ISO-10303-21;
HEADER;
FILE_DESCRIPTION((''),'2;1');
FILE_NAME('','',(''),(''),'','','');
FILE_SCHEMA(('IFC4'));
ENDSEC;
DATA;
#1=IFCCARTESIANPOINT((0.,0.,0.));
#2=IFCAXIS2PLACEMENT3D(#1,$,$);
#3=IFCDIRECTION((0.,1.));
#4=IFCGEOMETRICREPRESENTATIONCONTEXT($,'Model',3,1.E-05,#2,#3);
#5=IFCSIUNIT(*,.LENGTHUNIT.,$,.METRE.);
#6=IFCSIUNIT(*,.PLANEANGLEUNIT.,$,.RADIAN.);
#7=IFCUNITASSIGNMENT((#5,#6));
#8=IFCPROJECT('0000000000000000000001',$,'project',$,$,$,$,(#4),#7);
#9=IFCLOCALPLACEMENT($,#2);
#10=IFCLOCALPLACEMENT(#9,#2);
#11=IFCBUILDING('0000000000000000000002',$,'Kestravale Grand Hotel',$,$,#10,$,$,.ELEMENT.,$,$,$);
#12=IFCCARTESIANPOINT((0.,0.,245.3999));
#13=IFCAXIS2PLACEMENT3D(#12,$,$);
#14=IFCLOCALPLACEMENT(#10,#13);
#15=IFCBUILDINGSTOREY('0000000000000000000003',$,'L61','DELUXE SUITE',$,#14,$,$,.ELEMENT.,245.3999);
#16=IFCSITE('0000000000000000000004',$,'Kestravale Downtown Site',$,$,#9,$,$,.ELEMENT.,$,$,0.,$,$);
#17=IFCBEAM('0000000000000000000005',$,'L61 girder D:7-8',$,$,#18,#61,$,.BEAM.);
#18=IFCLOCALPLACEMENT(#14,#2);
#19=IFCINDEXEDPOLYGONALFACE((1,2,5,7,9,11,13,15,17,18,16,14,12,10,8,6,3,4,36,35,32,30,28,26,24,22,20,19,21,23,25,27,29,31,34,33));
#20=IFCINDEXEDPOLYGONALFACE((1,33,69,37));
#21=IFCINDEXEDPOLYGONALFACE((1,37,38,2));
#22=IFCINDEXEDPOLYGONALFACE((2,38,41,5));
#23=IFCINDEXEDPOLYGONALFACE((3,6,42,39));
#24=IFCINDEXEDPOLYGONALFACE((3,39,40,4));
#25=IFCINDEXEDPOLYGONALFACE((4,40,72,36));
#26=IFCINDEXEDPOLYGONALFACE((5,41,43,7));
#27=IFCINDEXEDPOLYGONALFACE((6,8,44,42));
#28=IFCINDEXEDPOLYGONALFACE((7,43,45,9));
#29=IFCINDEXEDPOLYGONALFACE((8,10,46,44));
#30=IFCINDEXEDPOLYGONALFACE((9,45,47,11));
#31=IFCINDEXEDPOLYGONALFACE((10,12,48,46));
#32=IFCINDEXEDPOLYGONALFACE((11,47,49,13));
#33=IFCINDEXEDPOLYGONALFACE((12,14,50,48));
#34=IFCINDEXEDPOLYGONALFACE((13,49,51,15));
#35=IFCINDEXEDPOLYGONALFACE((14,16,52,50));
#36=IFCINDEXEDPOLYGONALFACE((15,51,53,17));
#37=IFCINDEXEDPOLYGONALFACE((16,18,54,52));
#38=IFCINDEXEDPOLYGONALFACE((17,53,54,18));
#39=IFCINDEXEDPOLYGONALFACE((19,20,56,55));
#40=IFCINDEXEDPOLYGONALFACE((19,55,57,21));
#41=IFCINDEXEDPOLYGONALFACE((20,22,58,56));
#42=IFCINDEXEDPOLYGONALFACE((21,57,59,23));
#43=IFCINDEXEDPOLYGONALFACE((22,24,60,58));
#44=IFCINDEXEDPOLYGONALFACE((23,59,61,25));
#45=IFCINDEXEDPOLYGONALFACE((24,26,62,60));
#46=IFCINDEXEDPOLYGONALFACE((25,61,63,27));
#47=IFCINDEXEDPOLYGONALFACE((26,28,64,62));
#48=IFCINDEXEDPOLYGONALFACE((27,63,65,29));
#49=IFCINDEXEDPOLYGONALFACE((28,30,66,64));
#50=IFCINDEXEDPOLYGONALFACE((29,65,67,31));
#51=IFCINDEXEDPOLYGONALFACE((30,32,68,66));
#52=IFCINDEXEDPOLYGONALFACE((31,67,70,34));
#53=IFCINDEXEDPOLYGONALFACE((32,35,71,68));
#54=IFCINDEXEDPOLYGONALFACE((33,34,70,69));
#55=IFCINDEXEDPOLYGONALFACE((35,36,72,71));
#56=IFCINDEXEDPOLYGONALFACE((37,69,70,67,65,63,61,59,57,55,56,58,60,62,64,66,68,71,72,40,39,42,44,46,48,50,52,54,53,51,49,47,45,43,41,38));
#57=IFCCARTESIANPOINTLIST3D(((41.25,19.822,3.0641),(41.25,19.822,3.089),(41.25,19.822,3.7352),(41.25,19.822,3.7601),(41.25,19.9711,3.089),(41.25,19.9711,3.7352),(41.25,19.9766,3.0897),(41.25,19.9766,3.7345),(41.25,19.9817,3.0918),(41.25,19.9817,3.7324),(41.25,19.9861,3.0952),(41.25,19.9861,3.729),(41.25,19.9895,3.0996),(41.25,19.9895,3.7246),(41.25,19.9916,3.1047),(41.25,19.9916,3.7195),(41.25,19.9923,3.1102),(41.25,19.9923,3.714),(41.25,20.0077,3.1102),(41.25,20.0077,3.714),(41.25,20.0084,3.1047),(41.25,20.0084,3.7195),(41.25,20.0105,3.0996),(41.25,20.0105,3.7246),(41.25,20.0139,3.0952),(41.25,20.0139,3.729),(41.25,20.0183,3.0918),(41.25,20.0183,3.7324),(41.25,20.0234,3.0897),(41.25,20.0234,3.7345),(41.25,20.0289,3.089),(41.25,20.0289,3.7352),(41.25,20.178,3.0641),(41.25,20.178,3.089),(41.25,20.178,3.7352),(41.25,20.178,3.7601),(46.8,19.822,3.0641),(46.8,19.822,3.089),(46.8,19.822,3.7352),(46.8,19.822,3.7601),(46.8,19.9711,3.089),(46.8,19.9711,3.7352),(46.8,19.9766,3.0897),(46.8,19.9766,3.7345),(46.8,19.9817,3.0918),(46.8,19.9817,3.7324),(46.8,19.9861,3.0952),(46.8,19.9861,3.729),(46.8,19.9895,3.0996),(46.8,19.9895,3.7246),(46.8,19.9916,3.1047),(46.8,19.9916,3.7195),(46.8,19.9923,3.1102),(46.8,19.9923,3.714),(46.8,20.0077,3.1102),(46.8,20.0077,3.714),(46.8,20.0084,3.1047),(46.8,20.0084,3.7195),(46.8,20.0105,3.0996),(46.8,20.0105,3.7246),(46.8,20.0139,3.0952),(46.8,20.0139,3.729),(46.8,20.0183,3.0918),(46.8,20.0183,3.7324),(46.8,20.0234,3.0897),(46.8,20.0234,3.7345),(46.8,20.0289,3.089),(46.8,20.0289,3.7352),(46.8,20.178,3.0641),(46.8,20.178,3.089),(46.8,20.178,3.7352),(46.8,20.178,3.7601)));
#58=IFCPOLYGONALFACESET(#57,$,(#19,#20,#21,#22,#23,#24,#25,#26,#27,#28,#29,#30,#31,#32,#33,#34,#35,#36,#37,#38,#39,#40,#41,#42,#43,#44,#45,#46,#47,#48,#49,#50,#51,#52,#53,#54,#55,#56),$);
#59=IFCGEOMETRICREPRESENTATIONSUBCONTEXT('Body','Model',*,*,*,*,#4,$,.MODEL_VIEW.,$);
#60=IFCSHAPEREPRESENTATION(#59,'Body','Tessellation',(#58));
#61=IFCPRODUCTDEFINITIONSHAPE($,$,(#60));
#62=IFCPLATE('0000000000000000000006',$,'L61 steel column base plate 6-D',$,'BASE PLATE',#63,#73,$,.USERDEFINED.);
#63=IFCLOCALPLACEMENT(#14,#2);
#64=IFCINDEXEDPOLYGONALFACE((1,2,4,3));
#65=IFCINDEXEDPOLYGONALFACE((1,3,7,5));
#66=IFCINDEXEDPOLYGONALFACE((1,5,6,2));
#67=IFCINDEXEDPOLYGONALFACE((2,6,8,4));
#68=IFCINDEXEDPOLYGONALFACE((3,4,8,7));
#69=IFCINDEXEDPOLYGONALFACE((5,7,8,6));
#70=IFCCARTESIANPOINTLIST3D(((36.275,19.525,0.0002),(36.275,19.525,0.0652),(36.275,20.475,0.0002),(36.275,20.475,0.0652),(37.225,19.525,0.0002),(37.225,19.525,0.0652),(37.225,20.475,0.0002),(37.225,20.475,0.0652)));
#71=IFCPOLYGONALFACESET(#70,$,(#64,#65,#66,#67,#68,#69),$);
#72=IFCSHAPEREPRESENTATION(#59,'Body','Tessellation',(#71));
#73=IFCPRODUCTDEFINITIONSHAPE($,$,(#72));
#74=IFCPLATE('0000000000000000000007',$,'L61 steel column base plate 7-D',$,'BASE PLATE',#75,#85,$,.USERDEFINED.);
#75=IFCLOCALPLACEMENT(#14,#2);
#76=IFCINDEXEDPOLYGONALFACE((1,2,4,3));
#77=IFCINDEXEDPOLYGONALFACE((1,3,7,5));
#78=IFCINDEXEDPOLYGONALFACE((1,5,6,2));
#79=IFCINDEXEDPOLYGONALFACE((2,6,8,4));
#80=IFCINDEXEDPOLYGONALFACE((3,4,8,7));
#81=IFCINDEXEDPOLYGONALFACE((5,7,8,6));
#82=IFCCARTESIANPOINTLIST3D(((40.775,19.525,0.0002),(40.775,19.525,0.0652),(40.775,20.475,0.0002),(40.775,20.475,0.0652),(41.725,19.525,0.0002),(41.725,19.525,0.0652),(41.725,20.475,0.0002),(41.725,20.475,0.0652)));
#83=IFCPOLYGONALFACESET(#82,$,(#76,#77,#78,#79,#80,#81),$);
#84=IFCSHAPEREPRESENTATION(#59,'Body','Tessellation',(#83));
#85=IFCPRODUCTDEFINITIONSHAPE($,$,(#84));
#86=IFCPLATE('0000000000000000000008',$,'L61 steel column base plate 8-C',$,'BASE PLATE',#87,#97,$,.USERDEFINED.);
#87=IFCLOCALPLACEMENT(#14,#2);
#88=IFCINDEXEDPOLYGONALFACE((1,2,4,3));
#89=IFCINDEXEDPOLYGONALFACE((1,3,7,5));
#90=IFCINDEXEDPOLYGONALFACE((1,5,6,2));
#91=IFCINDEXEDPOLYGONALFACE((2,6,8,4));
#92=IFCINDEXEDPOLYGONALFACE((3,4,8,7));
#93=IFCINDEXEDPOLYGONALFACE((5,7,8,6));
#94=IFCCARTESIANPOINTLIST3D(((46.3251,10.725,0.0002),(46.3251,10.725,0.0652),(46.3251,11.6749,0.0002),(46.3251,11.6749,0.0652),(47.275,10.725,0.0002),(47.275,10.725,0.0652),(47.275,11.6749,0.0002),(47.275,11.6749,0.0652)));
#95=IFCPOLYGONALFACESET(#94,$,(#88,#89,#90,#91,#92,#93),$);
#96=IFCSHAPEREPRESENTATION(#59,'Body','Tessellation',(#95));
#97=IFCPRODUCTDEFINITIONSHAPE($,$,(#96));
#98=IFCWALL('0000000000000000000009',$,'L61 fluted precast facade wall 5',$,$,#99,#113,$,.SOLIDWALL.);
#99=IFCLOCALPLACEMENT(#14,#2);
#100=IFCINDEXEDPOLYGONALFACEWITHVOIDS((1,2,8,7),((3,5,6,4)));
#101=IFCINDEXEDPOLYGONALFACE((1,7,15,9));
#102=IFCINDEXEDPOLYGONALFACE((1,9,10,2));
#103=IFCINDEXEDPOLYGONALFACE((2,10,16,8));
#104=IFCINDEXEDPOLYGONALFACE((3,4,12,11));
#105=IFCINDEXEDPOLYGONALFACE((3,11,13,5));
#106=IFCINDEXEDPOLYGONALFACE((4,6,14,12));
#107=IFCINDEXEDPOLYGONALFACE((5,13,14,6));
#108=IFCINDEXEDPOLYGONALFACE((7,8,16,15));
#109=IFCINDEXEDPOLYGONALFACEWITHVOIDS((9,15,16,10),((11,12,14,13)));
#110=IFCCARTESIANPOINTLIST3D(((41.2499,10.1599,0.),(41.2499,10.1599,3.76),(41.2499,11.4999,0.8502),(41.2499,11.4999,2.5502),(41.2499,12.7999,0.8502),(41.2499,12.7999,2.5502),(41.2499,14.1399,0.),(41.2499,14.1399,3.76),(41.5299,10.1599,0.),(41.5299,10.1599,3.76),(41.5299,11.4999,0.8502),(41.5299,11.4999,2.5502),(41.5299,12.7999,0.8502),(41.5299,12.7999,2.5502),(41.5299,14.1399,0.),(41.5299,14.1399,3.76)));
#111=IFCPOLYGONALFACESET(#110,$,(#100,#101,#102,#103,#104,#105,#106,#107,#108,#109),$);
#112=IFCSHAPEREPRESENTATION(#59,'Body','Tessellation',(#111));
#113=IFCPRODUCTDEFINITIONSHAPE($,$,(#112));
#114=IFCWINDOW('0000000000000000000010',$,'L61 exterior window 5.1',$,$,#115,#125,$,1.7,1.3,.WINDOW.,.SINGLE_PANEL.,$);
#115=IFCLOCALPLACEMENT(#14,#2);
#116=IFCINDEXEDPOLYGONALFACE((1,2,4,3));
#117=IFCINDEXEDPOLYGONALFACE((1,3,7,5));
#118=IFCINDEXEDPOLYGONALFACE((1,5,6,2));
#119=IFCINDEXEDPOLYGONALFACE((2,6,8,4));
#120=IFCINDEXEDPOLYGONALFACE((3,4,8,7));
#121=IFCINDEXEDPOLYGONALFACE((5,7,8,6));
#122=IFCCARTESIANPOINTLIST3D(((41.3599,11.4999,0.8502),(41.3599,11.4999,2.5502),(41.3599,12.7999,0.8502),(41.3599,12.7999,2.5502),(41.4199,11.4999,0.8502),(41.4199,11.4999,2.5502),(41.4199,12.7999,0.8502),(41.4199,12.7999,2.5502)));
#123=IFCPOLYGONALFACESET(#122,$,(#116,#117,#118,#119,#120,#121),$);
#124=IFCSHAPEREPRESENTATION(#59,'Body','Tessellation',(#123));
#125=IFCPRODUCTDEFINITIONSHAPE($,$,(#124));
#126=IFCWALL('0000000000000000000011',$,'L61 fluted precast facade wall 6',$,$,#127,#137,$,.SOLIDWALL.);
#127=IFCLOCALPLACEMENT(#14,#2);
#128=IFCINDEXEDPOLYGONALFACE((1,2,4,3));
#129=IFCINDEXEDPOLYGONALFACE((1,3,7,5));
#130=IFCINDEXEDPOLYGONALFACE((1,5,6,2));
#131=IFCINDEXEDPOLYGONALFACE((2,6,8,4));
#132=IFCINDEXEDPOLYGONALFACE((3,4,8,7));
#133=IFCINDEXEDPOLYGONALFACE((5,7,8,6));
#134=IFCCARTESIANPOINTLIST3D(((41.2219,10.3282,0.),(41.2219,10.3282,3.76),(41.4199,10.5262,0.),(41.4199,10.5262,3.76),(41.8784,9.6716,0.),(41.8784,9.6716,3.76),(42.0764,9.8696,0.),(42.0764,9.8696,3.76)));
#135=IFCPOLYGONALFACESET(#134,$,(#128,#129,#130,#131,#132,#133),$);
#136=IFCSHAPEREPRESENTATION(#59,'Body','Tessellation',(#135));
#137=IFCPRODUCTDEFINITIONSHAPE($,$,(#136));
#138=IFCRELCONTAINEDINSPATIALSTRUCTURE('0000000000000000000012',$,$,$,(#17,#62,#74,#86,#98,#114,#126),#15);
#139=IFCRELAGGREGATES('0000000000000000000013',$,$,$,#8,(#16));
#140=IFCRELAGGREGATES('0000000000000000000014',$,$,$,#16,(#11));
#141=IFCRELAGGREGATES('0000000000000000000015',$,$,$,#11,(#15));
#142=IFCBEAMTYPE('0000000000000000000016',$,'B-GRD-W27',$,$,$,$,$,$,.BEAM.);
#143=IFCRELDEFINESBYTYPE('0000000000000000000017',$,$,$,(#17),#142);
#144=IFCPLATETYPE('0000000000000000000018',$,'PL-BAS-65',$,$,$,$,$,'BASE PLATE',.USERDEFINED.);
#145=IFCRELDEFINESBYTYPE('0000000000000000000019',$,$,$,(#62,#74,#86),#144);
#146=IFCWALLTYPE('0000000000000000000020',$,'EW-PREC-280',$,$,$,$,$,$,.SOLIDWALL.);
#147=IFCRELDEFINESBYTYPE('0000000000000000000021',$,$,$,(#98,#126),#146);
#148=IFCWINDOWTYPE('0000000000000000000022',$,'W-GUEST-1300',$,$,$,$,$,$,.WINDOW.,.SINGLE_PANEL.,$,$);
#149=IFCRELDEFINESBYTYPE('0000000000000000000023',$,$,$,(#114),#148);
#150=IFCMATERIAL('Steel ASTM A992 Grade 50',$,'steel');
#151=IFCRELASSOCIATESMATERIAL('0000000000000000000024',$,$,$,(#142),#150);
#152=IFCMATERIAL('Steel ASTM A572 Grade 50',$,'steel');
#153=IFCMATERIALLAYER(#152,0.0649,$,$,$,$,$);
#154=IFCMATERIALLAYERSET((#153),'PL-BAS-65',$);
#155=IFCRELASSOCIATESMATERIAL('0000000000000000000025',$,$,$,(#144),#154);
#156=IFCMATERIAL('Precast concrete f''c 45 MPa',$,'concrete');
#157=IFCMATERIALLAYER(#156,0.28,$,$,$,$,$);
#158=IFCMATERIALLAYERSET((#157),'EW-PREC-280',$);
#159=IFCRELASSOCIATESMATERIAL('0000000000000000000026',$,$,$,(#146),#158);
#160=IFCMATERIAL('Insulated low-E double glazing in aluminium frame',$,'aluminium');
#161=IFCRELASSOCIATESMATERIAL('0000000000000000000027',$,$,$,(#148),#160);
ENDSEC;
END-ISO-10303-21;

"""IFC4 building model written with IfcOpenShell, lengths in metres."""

from ifc_helpers import new_model, si_unit, direction, frame, frame_2d, origin, origin_2d, place, context, subcontext, project, spatial, rectangle, i_section, extrude, material, layer, layer_set, material_profile, profile_set, type_object, element, fill, save


model = new_model("IFC4")

# Units and contexts
model_context = context("Model", 3, precision=1e-05, world=origin(), true_north=direction((0.0, 1.0)))
body_context = subcontext(model_context, "Body", "Model", "MODEL_VIEW")
ifc_project = project(units=[si_unit("LENGTHUNIT", "METRE"), si_unit("PLANEANGLEUNIT", "RADIAN")], contexts=[model_context])

# Site, building, storey
site_placement = place(None, origin())
site = spatial("IfcSite", under=ifc_project, at=site_placement, Name="Kestravale Downtown Site", CompositionType="ELEMENT", RefElevation=0.0)
building_placement = place(site_placement, origin())
building = spatial("IfcBuilding", under=site, at=building_placement, Name="Kestravale Grand Hotel", CompositionType="ELEMENT")
storey_placement = place(building_placement, frame((0.0, 0.0, 245.3999)))
storey = spatial("IfcBuildingStorey", under=building, at=storey_placement, Name="L61", Description="DELUXE SUITE", CompositionType="ELEMENT", Elevation=245.3999)

# Beam
ifc_material_1 = material(Name="Steel ASTM A992 Grade 50", Category="steel")
ifc_material_profile_1 = material_profile(ifc_material_1, i_section(OverallWidth=0.356, OverallDepth=0.696, WebThickness=0.0154, FlangeThickness=0.0249, FilletRadius=0.0212, at=origin_2d()))
ifc_profile_set_1 = profile_set([ifc_material_profile_1], Name="Steel ASTM A992 Grade 50")
beam_type_1 = type_object("IfcBeamType", Name="B-GRD-W27", PredefinedType="BEAM", material=ifc_profile_set_1)
beam_1_placement = place(storey_placement, frame((41.25, 20.0, 3.4121), z_axis=(1.0, 0.0, 0.0), x_axis=(0.0, 1.0, 0.0)))
element("IfcBeam", 1, at=beam_1_placement, inside=storey, type_object=beam_type_1, Name="L61 girder D:7-8", PredefinedType="BEAM", context=body_context, shape_type="SweptSolid", body=[
    extrude(i_section(OverallWidth=0.356, OverallDepth=0.696, WebThickness=0.0154, FlangeThickness=0.0249, FilletRadius=0.0212, at=origin_2d()), origin(), (0.0, 0.0, 1.0), 5.55),
])

# Plates
ifc_material_2 = material(Name="Steel ASTM A572 Grade 50", Category="steel")
ifc_layer_1 = layer(ifc_material_2, 0.0649)
ifc_layer_set_1 = layer_set([ifc_layer_1], Name="PL-BAS-65")
plate_type = type_object("IfcPlateType", Name="PL-BAS-65", ElementType="BASE PLATE", PredefinedType="USERDEFINED", material=ifc_layer_set_1)
for number, where, z_axis, x_axis, name in (
    (2, (36.75, 20.0, 0.0002), (0.0, 0.0, 1.0), (1.0, 0.0, 0.0), "L61 steel column base plate 6-D"),
    (3, (41.25, 20.0, 0.0002), (0.0, 0.0, 1.0), (1.0, 0.0, 0.0), "L61 steel column base plate 7-D"),
    (4, (46.8, 11.2, 0.0002), (0.0, 0.0, 1.0), (1.0, 0.0, 0.0), "L61 steel column base plate 8-C"),
):
    element("IfcPlate", number, at=place(storey_placement, frame(where, z_axis=z_axis, x_axis=x_axis)), inside=storey, type_object=plate_type, Name=name, ObjectType="BASE PLATE", PredefinedType="USERDEFINED", context=body_context, shape_type="SweptSolid", body=[
        extrude(rectangle(XDim=0.95, YDim=0.95, at=origin_2d()), origin(), (0.0, 0.0, 1.0), 0.0649),
    ])

# Wall, opening, window
ifc_material_3 = material(Name="Precast concrete f'c 45 MPa", Category="concrete")
ifc_layer_2 = layer(ifc_material_3, 0.28)
ifc_layer_set_2 = layer_set([ifc_layer_2], Name="EW-PREC-280")
wall_type_1 = type_object("IfcWallType", Name="EW-PREC-280", PredefinedType="SOLIDWALL", material=ifc_layer_set_2)
wall_1_placement = place(storey_placement, frame((41.3899, 14.1399, 0.0), z_axis=(0.0, 0.0, 1.0), x_axis=(0.0, -1.0, 0.0)))
wall_1 = element("IfcWall", 5, at=wall_1_placement, inside=storey, type_object=wall_type_1, Name="L61 fluted precast facade wall 5", PredefinedType="SOLIDWALL", context=body_context, shape_type="SweptSolid", body=[
    extrude(rectangle(XDim=3.98, YDim=0.28, at=frame_2d((1.99, 0.0))), origin(), (0.0, 0.0, 1.0), 3.76),
])
opening_1_placement = place(wall_1_placement, frame((1.3401, 0.0, 0.8501)))
opening_1 = element("IfcOpeningElement", 6, at=opening_1_placement, cuts=wall_1, PredefinedType="OPENING", context=body_context, shape_type="SweptSolid", body=[
    extrude(rectangle(XDim=1.3, YDim=1.7, at=frame_2d((0.6499, 0.8501))), frame((0.0, 0.1499, 0.0), z_axis=(0.0, -1.0, 0.0), x_axis=(1.0, 0.0, 0.0)), (0.0, 0.0, 1.0), 0.3),
])
ifc_material_4 = material(Name="Insulated low-E double glazing in aluminium frame", Category="aluminium")
window_type = type_object("IfcWindowType", Name="W-GUEST-1300", PartitioningType="SINGLE_PANEL", PredefinedType="WINDOW", material=ifc_material_4)
window_1_placement = place(opening_1_placement, origin())
window_1 = element("IfcWindow", 7, at=window_1_placement, inside=storey, type_object=window_type, Name="L61 exterior window 5.1", OverallHeight=1.7, OverallWidth=1.3, PartitioningType="SINGLE_PANEL", PredefinedType="WINDOW", context=body_context, shape_type="SweptSolid", body=[
    extrude(rectangle(XDim=1.3, YDim=1.7, at=frame_2d((0.6499, 0.8501))), frame((0.0, 0.03, 0.0), z_axis=(0.0, -1.0, 0.0), x_axis=(1.0, 0.0, 0.0)), (0.0, 0.0, 1.0), 0.0601),
])
fill(opening_1, window_1)

# Wall
wall_2_placement = place(storey_placement, frame((41.3208, 10.4272, 0.0), z_axis=(0.0, 0.0, 1.0), x_axis=(0.707107, -0.707107, 0.0)))
element("IfcWall", 8, at=wall_2_placement, inside=storey, type_object=wall_type_1, Name="L61 fluted precast facade wall 6", PredefinedType="SOLIDWALL", context=body_context, shape_type="SweptSolid", body=[
    extrude(rectangle(XDim=0.9285, YDim=0.28, at=frame_2d((0.4644, 0.0))), origin(), (0.0, 0.0, 1.0), 3.76),
])

save(model, "model.ifc")
